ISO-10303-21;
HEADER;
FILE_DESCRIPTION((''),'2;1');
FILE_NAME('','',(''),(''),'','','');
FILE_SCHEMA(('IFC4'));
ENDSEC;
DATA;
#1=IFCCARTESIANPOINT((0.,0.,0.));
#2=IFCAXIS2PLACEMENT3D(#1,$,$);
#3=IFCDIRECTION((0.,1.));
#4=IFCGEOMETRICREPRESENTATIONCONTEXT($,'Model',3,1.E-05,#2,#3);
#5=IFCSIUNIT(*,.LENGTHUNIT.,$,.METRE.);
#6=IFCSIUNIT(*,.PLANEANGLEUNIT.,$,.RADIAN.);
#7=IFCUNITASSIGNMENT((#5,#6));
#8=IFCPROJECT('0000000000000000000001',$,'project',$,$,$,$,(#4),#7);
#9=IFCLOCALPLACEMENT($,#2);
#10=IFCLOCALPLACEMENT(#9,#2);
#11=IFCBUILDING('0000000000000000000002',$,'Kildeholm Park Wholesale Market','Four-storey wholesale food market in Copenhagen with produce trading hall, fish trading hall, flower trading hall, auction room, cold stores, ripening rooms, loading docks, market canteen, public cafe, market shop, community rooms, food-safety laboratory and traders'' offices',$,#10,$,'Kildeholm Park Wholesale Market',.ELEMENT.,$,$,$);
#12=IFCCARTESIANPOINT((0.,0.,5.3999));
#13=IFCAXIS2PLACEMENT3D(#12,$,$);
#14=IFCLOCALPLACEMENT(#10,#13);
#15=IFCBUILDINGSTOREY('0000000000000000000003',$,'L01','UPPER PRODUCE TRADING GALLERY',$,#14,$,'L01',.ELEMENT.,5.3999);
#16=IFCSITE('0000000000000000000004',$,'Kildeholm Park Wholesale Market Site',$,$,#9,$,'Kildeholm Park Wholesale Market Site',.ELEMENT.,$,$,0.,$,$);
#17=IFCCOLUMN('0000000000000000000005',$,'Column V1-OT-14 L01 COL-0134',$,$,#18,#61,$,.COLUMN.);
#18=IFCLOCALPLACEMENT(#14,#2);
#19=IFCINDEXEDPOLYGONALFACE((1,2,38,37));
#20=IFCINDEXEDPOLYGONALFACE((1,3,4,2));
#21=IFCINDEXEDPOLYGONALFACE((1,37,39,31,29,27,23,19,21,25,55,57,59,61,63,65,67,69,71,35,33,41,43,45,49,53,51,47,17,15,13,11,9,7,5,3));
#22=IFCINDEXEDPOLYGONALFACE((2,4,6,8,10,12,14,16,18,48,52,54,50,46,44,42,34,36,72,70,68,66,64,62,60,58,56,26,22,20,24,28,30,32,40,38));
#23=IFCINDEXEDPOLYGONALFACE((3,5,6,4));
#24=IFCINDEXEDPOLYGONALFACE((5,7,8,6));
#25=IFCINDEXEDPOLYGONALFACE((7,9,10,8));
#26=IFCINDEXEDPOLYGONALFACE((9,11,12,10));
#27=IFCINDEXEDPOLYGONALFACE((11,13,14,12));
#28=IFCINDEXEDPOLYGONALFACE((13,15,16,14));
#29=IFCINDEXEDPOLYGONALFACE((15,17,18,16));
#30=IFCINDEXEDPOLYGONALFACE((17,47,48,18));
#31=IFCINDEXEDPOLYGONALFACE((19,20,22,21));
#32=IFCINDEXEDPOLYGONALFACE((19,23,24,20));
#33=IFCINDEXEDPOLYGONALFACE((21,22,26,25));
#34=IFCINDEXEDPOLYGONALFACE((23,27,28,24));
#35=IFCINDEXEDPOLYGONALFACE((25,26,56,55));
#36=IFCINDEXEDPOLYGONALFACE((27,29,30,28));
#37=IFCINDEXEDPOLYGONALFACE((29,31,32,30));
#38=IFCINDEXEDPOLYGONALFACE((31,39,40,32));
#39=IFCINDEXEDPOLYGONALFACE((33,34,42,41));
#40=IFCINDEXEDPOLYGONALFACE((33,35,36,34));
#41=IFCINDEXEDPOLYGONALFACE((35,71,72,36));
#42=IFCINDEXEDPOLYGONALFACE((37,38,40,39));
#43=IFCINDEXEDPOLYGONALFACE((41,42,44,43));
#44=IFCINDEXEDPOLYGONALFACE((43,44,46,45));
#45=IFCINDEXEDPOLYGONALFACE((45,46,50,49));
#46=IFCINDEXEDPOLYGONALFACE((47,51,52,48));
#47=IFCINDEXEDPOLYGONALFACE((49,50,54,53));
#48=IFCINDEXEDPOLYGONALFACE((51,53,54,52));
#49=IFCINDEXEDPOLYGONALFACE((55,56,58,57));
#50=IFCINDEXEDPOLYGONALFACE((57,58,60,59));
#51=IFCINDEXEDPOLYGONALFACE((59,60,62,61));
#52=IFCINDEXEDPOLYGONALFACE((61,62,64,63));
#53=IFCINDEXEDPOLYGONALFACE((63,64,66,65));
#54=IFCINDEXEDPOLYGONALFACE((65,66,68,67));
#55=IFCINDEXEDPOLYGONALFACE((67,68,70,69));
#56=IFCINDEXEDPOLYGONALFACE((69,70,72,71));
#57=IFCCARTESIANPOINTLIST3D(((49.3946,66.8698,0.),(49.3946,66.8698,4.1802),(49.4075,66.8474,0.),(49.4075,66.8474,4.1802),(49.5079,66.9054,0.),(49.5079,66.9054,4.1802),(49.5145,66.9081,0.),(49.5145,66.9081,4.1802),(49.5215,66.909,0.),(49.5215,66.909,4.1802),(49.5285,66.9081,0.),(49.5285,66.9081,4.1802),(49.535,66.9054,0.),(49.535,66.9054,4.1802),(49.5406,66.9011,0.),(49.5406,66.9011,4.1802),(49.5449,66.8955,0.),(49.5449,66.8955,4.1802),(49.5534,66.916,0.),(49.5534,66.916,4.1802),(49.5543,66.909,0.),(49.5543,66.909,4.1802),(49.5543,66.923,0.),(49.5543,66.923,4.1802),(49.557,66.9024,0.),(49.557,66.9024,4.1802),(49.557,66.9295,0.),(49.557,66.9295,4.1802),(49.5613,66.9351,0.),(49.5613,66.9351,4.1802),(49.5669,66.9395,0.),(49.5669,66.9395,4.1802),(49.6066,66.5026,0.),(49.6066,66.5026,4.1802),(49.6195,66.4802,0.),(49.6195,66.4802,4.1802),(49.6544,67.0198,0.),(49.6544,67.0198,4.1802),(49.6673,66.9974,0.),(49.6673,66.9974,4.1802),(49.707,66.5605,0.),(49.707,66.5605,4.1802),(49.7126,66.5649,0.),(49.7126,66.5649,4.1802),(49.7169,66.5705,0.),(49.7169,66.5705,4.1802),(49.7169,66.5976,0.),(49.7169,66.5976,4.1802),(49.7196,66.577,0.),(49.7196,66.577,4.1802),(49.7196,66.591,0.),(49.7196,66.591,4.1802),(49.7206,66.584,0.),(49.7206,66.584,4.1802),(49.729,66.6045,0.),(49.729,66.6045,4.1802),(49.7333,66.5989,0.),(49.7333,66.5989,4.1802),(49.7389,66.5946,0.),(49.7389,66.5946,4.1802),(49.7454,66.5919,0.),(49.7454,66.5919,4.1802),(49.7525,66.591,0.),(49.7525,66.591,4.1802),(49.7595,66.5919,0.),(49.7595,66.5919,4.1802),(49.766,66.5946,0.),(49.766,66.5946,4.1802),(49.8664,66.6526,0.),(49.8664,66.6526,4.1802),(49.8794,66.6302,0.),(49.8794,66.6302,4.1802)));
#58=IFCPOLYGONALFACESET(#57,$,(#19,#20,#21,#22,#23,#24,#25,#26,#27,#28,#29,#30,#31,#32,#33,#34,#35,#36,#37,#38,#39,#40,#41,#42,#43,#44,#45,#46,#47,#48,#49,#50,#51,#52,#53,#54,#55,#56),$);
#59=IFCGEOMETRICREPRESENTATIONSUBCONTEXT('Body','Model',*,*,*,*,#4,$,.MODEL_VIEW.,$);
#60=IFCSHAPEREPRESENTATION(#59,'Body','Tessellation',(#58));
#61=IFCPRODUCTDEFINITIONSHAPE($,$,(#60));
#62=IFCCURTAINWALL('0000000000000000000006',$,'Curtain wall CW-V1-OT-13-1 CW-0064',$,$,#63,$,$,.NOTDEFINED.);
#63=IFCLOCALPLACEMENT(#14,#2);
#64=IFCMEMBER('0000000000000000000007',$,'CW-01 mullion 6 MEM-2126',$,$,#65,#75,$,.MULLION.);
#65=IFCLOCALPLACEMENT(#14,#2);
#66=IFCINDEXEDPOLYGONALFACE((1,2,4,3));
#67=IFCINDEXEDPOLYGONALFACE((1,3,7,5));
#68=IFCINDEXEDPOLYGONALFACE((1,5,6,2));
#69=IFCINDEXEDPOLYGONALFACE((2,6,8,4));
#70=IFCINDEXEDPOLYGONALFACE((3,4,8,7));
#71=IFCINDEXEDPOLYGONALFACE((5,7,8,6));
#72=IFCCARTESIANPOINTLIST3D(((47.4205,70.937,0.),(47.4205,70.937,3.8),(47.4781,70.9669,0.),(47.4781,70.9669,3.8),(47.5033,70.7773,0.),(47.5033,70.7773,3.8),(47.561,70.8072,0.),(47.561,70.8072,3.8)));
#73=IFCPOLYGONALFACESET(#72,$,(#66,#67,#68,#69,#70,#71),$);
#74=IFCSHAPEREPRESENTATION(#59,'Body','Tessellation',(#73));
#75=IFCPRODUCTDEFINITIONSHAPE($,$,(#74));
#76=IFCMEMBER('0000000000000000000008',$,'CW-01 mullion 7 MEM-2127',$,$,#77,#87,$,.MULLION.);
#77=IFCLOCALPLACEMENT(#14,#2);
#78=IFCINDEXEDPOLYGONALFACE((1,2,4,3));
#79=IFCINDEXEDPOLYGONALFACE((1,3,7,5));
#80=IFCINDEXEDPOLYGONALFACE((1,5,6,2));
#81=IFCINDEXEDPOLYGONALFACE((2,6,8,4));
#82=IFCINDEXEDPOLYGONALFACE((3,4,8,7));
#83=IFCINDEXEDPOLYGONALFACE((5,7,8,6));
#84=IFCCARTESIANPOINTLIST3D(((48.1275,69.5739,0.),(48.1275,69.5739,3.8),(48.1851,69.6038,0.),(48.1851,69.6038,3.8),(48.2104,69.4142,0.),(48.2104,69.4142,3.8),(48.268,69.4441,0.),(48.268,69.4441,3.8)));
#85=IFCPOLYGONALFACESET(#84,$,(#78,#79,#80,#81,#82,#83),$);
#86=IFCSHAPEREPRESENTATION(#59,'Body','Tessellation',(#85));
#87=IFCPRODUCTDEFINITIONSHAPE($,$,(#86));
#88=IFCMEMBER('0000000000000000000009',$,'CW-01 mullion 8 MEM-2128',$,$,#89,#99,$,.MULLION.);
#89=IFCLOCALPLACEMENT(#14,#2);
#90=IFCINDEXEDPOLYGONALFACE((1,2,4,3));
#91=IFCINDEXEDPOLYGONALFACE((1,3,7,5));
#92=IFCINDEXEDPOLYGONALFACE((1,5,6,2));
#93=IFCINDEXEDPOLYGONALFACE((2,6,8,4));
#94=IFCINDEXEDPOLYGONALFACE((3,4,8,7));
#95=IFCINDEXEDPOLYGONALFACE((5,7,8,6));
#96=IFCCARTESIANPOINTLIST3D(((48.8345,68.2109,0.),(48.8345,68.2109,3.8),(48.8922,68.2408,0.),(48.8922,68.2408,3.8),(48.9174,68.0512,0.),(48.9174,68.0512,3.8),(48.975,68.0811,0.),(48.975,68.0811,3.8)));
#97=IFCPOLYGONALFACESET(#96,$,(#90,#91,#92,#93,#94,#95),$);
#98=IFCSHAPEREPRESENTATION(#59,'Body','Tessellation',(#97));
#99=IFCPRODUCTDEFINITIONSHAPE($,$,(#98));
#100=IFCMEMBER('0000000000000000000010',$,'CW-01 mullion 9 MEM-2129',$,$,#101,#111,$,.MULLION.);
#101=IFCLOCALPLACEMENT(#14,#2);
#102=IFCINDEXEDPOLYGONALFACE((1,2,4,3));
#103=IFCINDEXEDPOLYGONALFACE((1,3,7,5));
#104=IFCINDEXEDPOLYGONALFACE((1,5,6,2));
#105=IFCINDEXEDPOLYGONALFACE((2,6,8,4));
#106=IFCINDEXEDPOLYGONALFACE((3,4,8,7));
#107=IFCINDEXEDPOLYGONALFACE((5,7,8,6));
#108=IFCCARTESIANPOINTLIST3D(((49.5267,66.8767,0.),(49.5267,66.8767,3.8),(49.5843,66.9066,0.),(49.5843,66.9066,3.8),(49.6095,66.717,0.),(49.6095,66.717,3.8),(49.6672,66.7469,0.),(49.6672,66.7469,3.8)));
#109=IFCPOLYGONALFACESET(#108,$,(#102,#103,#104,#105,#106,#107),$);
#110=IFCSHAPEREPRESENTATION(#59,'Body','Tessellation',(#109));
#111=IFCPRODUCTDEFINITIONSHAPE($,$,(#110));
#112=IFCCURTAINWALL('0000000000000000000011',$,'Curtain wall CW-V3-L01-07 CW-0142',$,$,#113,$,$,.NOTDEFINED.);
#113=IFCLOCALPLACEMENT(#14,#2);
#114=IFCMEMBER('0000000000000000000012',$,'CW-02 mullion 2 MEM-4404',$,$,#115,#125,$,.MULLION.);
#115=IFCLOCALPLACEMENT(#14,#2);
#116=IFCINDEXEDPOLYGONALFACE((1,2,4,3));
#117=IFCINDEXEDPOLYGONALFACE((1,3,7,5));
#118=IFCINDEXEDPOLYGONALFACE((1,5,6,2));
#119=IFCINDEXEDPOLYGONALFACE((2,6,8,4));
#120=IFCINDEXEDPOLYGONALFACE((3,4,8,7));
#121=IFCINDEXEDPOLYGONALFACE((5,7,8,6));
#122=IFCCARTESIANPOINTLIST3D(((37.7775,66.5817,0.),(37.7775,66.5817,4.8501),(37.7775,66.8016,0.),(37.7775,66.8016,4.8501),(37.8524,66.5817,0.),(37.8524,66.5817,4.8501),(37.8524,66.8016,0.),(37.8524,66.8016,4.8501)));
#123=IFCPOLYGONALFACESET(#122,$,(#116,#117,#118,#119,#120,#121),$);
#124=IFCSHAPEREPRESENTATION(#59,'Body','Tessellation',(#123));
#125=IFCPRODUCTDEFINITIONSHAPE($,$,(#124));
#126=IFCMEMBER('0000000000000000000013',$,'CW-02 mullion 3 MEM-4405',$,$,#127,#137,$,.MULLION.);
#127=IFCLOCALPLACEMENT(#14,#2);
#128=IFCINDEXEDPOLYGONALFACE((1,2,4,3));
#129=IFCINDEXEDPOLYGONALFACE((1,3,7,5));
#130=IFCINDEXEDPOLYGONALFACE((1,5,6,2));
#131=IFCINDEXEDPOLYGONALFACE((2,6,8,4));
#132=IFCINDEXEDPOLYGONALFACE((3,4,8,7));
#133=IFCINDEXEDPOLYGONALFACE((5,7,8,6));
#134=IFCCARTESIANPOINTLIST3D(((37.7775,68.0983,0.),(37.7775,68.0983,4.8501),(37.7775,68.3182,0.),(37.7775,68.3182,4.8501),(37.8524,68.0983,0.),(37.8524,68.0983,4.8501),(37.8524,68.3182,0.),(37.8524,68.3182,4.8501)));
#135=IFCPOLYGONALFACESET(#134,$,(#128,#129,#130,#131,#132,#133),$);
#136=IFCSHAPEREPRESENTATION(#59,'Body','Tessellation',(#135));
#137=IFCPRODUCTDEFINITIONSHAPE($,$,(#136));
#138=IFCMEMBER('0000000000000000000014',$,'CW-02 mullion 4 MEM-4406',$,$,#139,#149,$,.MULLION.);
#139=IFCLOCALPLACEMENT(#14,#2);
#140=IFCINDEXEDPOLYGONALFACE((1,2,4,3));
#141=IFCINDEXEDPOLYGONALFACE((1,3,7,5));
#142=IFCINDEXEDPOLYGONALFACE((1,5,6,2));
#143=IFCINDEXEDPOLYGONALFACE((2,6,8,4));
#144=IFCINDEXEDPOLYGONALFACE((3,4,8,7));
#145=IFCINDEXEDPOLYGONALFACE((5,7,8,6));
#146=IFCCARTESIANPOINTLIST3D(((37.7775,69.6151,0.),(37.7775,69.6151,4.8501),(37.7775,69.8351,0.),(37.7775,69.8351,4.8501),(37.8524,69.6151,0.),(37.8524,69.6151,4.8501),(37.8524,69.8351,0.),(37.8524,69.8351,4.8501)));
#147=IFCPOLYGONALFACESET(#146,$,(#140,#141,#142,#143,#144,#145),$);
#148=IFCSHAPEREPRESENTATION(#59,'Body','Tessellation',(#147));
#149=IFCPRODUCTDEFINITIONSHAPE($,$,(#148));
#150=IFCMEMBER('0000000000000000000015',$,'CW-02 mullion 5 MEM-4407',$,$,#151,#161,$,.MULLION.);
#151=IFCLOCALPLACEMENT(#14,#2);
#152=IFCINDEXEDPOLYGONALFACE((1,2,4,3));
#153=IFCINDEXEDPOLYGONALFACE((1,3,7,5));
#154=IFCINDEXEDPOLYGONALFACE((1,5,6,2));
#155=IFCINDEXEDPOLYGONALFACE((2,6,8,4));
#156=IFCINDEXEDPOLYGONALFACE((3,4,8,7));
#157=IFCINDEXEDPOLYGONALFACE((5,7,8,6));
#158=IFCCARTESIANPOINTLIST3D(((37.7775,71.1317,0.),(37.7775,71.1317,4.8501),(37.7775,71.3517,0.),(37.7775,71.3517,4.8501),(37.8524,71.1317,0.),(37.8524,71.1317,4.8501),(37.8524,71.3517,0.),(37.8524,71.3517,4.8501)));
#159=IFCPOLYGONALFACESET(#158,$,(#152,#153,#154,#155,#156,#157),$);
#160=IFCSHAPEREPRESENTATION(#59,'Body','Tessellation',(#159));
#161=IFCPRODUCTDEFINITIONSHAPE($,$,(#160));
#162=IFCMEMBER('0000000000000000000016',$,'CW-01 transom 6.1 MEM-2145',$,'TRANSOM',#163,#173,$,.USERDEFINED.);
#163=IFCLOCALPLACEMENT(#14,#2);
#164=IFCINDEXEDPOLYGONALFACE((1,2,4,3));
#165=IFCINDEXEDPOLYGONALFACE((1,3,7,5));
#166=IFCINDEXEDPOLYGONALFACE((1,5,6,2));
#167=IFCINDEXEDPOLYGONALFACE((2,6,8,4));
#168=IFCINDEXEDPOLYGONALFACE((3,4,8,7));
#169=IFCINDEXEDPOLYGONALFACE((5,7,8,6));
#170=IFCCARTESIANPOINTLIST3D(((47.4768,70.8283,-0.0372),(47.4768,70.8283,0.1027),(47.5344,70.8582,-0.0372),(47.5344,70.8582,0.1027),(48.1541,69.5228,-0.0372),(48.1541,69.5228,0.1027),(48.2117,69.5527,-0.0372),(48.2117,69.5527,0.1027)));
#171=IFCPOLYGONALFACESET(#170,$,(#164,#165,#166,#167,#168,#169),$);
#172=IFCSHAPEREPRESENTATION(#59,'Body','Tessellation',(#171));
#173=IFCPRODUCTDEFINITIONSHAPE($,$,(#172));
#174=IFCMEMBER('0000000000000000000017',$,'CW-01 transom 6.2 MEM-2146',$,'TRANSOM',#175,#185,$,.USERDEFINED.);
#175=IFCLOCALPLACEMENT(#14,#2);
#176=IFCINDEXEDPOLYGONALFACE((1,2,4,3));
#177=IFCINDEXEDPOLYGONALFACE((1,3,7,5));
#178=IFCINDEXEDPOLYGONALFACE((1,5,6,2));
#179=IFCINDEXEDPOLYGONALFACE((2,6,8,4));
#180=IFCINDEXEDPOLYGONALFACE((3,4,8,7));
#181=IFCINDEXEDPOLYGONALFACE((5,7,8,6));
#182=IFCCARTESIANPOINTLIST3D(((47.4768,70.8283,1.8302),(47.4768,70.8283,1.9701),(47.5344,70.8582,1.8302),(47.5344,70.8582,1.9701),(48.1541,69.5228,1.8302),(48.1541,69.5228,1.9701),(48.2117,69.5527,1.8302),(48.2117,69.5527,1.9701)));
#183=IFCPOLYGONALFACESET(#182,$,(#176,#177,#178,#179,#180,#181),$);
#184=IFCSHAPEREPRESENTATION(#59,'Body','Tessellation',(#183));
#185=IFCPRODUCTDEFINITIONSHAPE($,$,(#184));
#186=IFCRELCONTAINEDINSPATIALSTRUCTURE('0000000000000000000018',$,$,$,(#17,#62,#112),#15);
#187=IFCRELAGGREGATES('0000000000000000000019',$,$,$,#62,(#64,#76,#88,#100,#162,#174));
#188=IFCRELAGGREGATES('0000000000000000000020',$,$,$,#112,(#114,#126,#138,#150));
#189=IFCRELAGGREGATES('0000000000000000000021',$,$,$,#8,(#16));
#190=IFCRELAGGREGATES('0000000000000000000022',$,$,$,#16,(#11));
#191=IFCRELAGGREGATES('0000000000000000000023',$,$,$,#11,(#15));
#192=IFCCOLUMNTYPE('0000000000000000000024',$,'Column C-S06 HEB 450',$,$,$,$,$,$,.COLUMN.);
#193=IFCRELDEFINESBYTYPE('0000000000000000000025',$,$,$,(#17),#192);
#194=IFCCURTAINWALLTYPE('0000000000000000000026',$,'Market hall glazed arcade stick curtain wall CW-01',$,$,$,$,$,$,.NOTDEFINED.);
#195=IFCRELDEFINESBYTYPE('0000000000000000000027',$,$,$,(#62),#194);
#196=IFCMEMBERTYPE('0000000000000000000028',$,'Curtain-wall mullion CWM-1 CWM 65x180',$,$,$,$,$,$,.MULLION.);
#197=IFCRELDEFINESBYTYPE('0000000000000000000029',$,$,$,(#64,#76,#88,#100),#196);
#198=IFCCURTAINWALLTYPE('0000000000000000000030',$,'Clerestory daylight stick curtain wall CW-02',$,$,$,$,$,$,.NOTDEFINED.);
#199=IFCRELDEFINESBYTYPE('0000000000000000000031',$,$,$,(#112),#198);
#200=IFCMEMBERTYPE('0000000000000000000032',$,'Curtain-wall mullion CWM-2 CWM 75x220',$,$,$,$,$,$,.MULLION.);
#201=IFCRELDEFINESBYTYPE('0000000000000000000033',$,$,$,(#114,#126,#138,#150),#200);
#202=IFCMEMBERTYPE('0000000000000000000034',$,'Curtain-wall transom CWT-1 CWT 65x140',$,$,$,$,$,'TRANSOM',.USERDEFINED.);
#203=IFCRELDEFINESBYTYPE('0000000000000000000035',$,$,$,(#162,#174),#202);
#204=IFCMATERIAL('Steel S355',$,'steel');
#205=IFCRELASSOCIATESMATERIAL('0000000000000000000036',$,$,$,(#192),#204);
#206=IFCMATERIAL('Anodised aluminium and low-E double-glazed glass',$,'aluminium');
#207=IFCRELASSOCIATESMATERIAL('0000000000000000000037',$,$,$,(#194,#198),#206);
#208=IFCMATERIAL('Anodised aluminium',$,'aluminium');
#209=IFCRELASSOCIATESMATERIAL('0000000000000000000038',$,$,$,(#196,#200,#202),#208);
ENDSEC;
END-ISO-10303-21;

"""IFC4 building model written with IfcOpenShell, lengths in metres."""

from ifc_helpers import new_model, si_unit, direction, frame, origin, origin_2d, place, context, subcontext, project, spatial, rectangle, i_section, extrude, material, material_profile, profile_set, type_object, element, aggregate, save


model = new_model("IFC4")

# Units and contexts
model_context = context("Model", 3, precision=1e-05, world=origin(), true_north=direction((0.0, 1.0)))
body_context = subcontext(model_context, "Body", "Model", "MODEL_VIEW")
ifc_project = project(units=[si_unit("LENGTHUNIT", "METRE"), si_unit("PLANEANGLEUNIT", "RADIAN")], contexts=[model_context])

# Site, building, storey
site_placement = place(None, origin())
site = spatial("IfcSite", under=ifc_project, at=site_placement, Name="Kildeholm Park Wholesale Market Site", LongName="Kildeholm Park Wholesale Market Site", CompositionType="ELEMENT", RefElevation=0.0)
building_placement = place(site_placement, origin())
building = spatial("IfcBuilding", under=site, at=building_placement, Name="Kildeholm Park Wholesale Market", Description="Four-storey wholesale food market in Copenhagen with produce trading hall, fish trading hall, flower trading hall, auction room, cold stores, ripening rooms, loading docks, market canteen, public cafe, market shop, community rooms, food-safety laboratory and traders' offices", LongName="Kildeholm Park Wholesale Market", CompositionType="ELEMENT")
storey_placement = place(building_placement, frame((0.0, 0.0, 5.3999)))
storey = spatial("IfcBuildingStorey", under=building, at=storey_placement, Name="L01", Description="UPPER PRODUCE TRADING GALLERY", LongName="L01", CompositionType="ELEMENT", Elevation=5.3999)

# Column
ifc_material_1 = material(Name="Steel S355", Category="steel")
ifc_material_profile_1 = material_profile(ifc_material_1, i_section(OverallWidth=0.3, OverallDepth=0.45, WebThickness=0.0139, FlangeThickness=0.0259, FilletRadius=0.0271, at=origin_2d()), Name="HEB 450")
ifc_profile_set_1 = profile_set([ifc_material_profile_1], Name="Steel S355")
column_type = type_object("IfcColumnType", Name="Column C-S06 HEB 450", PredefinedType="COLUMN", material=ifc_profile_set_1)
column_placement = place(storey_placement, frame((49.637, 66.75, 0.0), z_axis=(0.0, 0.0, 1.0), x_axis=(-0.866025, -0.5, 0.0)))
element("IfcColumn", 1, at=column_placement, inside=storey, type_object=column_type, Name="Column V1-OT-14 L01 COL-0134", PredefinedType="COLUMN", context=body_context, shape_type="SweptSolid", body=[
    extrude(i_section(OverallWidth=0.3, OverallDepth=0.45, WebThickness=0.0139, FlangeThickness=0.0259, FilletRadius=0.0271, at=origin_2d()), origin(), (0.0, 0.0, 1.0), 4.1802),
])

# Curtain walls, members
ifc_material_2 = material(Name="Anodised aluminium and low-E double-glazed glass", Category="aluminium")
curtain_wall_type_1 = type_object("IfcCurtainWallType", Name="Market hall glazed arcade stick curtain wall CW-01", PredefinedType="NOTDEFINED", material=ifc_material_2)
curtain_wall_1_placement = place(storey_placement, origin())
curtain_wall_1 = element("IfcCurtainWall", 2, at=curtain_wall_1_placement, inside=storey, type_object=curtain_wall_type_1, Name="Curtain wall CW-V1-OT-13-1 CW-0064", PredefinedType="NOTDEFINED")
ifc_material_3 = material(Name="Anodised aluminium", Category="aluminium")
ifc_material_profile_2 = material_profile(ifc_material_3, rectangle(XDim=0.0649, YDim=0.1799, at=origin_2d()), Name="CWM 65x180")
ifc_profile_set_2 = profile_set([ifc_material_profile_2], Name="Anodised aluminium")
member_type_1 = type_object("IfcMemberType", Name="Curtain-wall mullion CWM-1 CWM 65x180", PredefinedType="MULLION", material=ifc_profile_set_2)
member_1_placement = place(storey_placement, frame((47.4907, 70.8721, 0.0), z_axis=(0.0, 0.0, 1.0), x_axis=(0.887652, 0.460514, 0.0)))
member_1 = element("IfcMember", 3, at=member_1_placement, type_object=member_type_1, Name="CW-01 mullion 6 MEM-2126", PredefinedType="MULLION", context=body_context, shape_type="SweptSolid", body=[
    extrude(rectangle(XDim=0.0649, YDim=0.1799, at=origin_2d()), origin(), (0.0, 0.0, 1.0), 3.8),
])
member_2_placement = place(storey_placement, frame((48.1978, 69.509, 0.0), z_axis=(0.0, 0.0, 1.0), x_axis=(0.887652, 0.460514, 0.0)))
member_2 = element("IfcMember", 4, at=member_2_placement, type_object=member_type_1, Name="CW-01 mullion 7 MEM-2127", PredefinedType="MULLION", context=body_context, shape_type="SweptSolid", body=[
    extrude(rectangle(XDim=0.0649, YDim=0.1799, at=origin_2d()), origin(), (0.0, 0.0, 1.0), 3.8),
])
member_3_placement = place(storey_placement, frame((48.9048, 68.146, 0.0), z_axis=(0.0, 0.0, 1.0), x_axis=(0.887652, 0.460514, 0.0)))
member_3 = element("IfcMember", 5, at=member_3_placement, type_object=member_type_1, Name="CW-01 mullion 8 MEM-2128", PredefinedType="MULLION", context=body_context, shape_type="SweptSolid", body=[
    extrude(rectangle(XDim=0.0649, YDim=0.1799, at=origin_2d()), origin(), (0.0, 0.0, 1.0), 3.8),
])
member_4_placement = place(storey_placement, frame((49.5969, 66.8118, 0.0), z_axis=(0.0, 0.0, 1.0), x_axis=(0.887652, 0.460514, 0.0)))
member_4 = element("IfcMember", 6, at=member_4_placement, type_object=member_type_1, Name="CW-01 mullion 9 MEM-2129", PredefinedType="MULLION", context=body_context, shape_type="SweptSolid", body=[
    extrude(rectangle(XDim=0.0649, YDim=0.1799, at=origin_2d()), origin(), (0.0, 0.0, 1.0), 3.8),
])
curtain_wall_type_2 = type_object("IfcCurtainWallType", Name="Clerestory daylight stick curtain wall CW-02", PredefinedType="NOTDEFINED", material=ifc_material_2)
curtain_wall_2_placement = place(storey_placement, origin())
curtain_wall_2 = element("IfcCurtainWall", 7, at=curtain_wall_2_placement, inside=storey, type_object=curtain_wall_type_2, Name="Curtain wall CW-V3-L01-07 CW-0142", PredefinedType="NOTDEFINED")
ifc_material_profile_3 = material_profile(ifc_material_3, rectangle(XDim=0.075, YDim=0.22, at=origin_2d()), Name="CWM 75x220")
ifc_profile_set_3 = profile_set([ifc_material_profile_3], Name="Anodised aluminium")
member_type_2 = type_object("IfcMemberType", Name="Curtain-wall mullion CWM-2 CWM 75x220", PredefinedType="MULLION", material=ifc_profile_set_3)
member_5_placement = place(storey_placement, frame((37.8149, 66.6917, 0.0), z_axis=(0.0, 0.0, 1.0), x_axis=(-1.0, 0.0, 0.0)))
member_5 = element("IfcMember", 8, at=member_5_placement, type_object=member_type_2, Name="CW-02 mullion 2 MEM-4404", PredefinedType="MULLION", context=body_context, shape_type="SweptSolid", body=[
    extrude(rectangle(XDim=0.075, YDim=0.22, at=origin_2d()), origin(), (0.0, 0.0, 1.0), 4.8501),
])
member_6_placement = place(storey_placement, frame((37.8149, 68.2083, 0.0), z_axis=(0.0, 0.0, 1.0), x_axis=(-1.0, 0.0, 0.0)))
member_6 = element("IfcMember", 9, at=member_6_placement, type_object=member_type_2, Name="CW-02 mullion 3 MEM-4405", PredefinedType="MULLION", context=body_context, shape_type="SweptSolid", body=[
    extrude(rectangle(XDim=0.075, YDim=0.22, at=origin_2d()), origin(), (0.0, 0.0, 1.0), 4.8501),
])
member_7_placement = place(storey_placement, frame((37.8149, 69.7251, 0.0), z_axis=(0.0, 0.0, 1.0), x_axis=(-1.0, 0.0, 0.0)))
member_7 = element("IfcMember", 10, at=member_7_placement, type_object=member_type_2, Name="CW-02 mullion 4 MEM-4406", PredefinedType="MULLION", context=body_context, shape_type="SweptSolid", body=[
    extrude(rectangle(XDim=0.075, YDim=0.22, at=origin_2d()), origin(), (0.0, 0.0, 1.0), 4.8501),
])
member_8_placement = place(storey_placement, frame((37.8149, 71.2417, 0.0), z_axis=(0.0, 0.0, 1.0), x_axis=(-1.0, 0.0, 0.0)))
member_8 = element("IfcMember", 11, at=member_8_placement, type_object=member_type_2, Name="CW-02 mullion 5 MEM-4407", PredefinedType="MULLION", context=body_context, shape_type="SweptSolid", body=[
    extrude(rectangle(XDim=0.075, YDim=0.22, at=origin_2d()), origin(), (0.0, 0.0, 1.0), 4.8501),
])

# Members
ifc_material_profile_4 = material_profile(ifc_material_3, rectangle(XDim=0.0649, YDim=0.1399, at=origin_2d()), Name="CWT 65x140")
ifc_profile_set_4 = profile_set([ifc_material_profile_4], Name="Anodised aluminium")
member_type_3 = type_object("IfcMemberType", Name="Curtain-wall transom CWT-1 CWT 65x140", ElementType="TRANSOM", PredefinedType="USERDEFINED", material=ifc_profile_set_4)
member_9_placement = place(storey_placement, frame((47.5056, 70.8433, 0.0327), z_axis=(0.460511, -0.887654, 0.0), x_axis=(0.887654, 0.460511, 0.0)))
member_9 = element("IfcMember", 12, at=member_9_placement, type_object=member_type_3, Name="CW-01 transom 6.1 MEM-2145", ObjectType="TRANSOM", PredefinedType="USERDEFINED", context=body_context, shape_type="SweptSolid", body=[
    extrude(rectangle(XDim=0.0649, YDim=0.1399, at=origin_2d()), origin(), (0.0, 0.0, 1.0), 1.4707),
])
member_10_placement = place(storey_placement, frame((47.5056, 70.8433, 1.9001), z_axis=(0.460511, -0.887654, 0.0), x_axis=(0.887654, 0.460511, 0.0)))
member_10 = element("IfcMember", 13, at=member_10_placement, type_object=member_type_3, Name="CW-01 transom 6.2 MEM-2146", ObjectType="TRANSOM", PredefinedType="USERDEFINED", context=body_context, shape_type="SweptSolid", body=[
    extrude(rectangle(XDim=0.0649, YDim=0.1399, at=origin_2d()), origin(), (0.0, 0.0, 1.0), 1.4707),
])

aggregate(curtain_wall_1, [member_1, member_2, member_3, member_4, member_9, member_10])
aggregate(curtain_wall_2, [member_5, member_6, member_7, member_8])

save(model, "model.ifc")
